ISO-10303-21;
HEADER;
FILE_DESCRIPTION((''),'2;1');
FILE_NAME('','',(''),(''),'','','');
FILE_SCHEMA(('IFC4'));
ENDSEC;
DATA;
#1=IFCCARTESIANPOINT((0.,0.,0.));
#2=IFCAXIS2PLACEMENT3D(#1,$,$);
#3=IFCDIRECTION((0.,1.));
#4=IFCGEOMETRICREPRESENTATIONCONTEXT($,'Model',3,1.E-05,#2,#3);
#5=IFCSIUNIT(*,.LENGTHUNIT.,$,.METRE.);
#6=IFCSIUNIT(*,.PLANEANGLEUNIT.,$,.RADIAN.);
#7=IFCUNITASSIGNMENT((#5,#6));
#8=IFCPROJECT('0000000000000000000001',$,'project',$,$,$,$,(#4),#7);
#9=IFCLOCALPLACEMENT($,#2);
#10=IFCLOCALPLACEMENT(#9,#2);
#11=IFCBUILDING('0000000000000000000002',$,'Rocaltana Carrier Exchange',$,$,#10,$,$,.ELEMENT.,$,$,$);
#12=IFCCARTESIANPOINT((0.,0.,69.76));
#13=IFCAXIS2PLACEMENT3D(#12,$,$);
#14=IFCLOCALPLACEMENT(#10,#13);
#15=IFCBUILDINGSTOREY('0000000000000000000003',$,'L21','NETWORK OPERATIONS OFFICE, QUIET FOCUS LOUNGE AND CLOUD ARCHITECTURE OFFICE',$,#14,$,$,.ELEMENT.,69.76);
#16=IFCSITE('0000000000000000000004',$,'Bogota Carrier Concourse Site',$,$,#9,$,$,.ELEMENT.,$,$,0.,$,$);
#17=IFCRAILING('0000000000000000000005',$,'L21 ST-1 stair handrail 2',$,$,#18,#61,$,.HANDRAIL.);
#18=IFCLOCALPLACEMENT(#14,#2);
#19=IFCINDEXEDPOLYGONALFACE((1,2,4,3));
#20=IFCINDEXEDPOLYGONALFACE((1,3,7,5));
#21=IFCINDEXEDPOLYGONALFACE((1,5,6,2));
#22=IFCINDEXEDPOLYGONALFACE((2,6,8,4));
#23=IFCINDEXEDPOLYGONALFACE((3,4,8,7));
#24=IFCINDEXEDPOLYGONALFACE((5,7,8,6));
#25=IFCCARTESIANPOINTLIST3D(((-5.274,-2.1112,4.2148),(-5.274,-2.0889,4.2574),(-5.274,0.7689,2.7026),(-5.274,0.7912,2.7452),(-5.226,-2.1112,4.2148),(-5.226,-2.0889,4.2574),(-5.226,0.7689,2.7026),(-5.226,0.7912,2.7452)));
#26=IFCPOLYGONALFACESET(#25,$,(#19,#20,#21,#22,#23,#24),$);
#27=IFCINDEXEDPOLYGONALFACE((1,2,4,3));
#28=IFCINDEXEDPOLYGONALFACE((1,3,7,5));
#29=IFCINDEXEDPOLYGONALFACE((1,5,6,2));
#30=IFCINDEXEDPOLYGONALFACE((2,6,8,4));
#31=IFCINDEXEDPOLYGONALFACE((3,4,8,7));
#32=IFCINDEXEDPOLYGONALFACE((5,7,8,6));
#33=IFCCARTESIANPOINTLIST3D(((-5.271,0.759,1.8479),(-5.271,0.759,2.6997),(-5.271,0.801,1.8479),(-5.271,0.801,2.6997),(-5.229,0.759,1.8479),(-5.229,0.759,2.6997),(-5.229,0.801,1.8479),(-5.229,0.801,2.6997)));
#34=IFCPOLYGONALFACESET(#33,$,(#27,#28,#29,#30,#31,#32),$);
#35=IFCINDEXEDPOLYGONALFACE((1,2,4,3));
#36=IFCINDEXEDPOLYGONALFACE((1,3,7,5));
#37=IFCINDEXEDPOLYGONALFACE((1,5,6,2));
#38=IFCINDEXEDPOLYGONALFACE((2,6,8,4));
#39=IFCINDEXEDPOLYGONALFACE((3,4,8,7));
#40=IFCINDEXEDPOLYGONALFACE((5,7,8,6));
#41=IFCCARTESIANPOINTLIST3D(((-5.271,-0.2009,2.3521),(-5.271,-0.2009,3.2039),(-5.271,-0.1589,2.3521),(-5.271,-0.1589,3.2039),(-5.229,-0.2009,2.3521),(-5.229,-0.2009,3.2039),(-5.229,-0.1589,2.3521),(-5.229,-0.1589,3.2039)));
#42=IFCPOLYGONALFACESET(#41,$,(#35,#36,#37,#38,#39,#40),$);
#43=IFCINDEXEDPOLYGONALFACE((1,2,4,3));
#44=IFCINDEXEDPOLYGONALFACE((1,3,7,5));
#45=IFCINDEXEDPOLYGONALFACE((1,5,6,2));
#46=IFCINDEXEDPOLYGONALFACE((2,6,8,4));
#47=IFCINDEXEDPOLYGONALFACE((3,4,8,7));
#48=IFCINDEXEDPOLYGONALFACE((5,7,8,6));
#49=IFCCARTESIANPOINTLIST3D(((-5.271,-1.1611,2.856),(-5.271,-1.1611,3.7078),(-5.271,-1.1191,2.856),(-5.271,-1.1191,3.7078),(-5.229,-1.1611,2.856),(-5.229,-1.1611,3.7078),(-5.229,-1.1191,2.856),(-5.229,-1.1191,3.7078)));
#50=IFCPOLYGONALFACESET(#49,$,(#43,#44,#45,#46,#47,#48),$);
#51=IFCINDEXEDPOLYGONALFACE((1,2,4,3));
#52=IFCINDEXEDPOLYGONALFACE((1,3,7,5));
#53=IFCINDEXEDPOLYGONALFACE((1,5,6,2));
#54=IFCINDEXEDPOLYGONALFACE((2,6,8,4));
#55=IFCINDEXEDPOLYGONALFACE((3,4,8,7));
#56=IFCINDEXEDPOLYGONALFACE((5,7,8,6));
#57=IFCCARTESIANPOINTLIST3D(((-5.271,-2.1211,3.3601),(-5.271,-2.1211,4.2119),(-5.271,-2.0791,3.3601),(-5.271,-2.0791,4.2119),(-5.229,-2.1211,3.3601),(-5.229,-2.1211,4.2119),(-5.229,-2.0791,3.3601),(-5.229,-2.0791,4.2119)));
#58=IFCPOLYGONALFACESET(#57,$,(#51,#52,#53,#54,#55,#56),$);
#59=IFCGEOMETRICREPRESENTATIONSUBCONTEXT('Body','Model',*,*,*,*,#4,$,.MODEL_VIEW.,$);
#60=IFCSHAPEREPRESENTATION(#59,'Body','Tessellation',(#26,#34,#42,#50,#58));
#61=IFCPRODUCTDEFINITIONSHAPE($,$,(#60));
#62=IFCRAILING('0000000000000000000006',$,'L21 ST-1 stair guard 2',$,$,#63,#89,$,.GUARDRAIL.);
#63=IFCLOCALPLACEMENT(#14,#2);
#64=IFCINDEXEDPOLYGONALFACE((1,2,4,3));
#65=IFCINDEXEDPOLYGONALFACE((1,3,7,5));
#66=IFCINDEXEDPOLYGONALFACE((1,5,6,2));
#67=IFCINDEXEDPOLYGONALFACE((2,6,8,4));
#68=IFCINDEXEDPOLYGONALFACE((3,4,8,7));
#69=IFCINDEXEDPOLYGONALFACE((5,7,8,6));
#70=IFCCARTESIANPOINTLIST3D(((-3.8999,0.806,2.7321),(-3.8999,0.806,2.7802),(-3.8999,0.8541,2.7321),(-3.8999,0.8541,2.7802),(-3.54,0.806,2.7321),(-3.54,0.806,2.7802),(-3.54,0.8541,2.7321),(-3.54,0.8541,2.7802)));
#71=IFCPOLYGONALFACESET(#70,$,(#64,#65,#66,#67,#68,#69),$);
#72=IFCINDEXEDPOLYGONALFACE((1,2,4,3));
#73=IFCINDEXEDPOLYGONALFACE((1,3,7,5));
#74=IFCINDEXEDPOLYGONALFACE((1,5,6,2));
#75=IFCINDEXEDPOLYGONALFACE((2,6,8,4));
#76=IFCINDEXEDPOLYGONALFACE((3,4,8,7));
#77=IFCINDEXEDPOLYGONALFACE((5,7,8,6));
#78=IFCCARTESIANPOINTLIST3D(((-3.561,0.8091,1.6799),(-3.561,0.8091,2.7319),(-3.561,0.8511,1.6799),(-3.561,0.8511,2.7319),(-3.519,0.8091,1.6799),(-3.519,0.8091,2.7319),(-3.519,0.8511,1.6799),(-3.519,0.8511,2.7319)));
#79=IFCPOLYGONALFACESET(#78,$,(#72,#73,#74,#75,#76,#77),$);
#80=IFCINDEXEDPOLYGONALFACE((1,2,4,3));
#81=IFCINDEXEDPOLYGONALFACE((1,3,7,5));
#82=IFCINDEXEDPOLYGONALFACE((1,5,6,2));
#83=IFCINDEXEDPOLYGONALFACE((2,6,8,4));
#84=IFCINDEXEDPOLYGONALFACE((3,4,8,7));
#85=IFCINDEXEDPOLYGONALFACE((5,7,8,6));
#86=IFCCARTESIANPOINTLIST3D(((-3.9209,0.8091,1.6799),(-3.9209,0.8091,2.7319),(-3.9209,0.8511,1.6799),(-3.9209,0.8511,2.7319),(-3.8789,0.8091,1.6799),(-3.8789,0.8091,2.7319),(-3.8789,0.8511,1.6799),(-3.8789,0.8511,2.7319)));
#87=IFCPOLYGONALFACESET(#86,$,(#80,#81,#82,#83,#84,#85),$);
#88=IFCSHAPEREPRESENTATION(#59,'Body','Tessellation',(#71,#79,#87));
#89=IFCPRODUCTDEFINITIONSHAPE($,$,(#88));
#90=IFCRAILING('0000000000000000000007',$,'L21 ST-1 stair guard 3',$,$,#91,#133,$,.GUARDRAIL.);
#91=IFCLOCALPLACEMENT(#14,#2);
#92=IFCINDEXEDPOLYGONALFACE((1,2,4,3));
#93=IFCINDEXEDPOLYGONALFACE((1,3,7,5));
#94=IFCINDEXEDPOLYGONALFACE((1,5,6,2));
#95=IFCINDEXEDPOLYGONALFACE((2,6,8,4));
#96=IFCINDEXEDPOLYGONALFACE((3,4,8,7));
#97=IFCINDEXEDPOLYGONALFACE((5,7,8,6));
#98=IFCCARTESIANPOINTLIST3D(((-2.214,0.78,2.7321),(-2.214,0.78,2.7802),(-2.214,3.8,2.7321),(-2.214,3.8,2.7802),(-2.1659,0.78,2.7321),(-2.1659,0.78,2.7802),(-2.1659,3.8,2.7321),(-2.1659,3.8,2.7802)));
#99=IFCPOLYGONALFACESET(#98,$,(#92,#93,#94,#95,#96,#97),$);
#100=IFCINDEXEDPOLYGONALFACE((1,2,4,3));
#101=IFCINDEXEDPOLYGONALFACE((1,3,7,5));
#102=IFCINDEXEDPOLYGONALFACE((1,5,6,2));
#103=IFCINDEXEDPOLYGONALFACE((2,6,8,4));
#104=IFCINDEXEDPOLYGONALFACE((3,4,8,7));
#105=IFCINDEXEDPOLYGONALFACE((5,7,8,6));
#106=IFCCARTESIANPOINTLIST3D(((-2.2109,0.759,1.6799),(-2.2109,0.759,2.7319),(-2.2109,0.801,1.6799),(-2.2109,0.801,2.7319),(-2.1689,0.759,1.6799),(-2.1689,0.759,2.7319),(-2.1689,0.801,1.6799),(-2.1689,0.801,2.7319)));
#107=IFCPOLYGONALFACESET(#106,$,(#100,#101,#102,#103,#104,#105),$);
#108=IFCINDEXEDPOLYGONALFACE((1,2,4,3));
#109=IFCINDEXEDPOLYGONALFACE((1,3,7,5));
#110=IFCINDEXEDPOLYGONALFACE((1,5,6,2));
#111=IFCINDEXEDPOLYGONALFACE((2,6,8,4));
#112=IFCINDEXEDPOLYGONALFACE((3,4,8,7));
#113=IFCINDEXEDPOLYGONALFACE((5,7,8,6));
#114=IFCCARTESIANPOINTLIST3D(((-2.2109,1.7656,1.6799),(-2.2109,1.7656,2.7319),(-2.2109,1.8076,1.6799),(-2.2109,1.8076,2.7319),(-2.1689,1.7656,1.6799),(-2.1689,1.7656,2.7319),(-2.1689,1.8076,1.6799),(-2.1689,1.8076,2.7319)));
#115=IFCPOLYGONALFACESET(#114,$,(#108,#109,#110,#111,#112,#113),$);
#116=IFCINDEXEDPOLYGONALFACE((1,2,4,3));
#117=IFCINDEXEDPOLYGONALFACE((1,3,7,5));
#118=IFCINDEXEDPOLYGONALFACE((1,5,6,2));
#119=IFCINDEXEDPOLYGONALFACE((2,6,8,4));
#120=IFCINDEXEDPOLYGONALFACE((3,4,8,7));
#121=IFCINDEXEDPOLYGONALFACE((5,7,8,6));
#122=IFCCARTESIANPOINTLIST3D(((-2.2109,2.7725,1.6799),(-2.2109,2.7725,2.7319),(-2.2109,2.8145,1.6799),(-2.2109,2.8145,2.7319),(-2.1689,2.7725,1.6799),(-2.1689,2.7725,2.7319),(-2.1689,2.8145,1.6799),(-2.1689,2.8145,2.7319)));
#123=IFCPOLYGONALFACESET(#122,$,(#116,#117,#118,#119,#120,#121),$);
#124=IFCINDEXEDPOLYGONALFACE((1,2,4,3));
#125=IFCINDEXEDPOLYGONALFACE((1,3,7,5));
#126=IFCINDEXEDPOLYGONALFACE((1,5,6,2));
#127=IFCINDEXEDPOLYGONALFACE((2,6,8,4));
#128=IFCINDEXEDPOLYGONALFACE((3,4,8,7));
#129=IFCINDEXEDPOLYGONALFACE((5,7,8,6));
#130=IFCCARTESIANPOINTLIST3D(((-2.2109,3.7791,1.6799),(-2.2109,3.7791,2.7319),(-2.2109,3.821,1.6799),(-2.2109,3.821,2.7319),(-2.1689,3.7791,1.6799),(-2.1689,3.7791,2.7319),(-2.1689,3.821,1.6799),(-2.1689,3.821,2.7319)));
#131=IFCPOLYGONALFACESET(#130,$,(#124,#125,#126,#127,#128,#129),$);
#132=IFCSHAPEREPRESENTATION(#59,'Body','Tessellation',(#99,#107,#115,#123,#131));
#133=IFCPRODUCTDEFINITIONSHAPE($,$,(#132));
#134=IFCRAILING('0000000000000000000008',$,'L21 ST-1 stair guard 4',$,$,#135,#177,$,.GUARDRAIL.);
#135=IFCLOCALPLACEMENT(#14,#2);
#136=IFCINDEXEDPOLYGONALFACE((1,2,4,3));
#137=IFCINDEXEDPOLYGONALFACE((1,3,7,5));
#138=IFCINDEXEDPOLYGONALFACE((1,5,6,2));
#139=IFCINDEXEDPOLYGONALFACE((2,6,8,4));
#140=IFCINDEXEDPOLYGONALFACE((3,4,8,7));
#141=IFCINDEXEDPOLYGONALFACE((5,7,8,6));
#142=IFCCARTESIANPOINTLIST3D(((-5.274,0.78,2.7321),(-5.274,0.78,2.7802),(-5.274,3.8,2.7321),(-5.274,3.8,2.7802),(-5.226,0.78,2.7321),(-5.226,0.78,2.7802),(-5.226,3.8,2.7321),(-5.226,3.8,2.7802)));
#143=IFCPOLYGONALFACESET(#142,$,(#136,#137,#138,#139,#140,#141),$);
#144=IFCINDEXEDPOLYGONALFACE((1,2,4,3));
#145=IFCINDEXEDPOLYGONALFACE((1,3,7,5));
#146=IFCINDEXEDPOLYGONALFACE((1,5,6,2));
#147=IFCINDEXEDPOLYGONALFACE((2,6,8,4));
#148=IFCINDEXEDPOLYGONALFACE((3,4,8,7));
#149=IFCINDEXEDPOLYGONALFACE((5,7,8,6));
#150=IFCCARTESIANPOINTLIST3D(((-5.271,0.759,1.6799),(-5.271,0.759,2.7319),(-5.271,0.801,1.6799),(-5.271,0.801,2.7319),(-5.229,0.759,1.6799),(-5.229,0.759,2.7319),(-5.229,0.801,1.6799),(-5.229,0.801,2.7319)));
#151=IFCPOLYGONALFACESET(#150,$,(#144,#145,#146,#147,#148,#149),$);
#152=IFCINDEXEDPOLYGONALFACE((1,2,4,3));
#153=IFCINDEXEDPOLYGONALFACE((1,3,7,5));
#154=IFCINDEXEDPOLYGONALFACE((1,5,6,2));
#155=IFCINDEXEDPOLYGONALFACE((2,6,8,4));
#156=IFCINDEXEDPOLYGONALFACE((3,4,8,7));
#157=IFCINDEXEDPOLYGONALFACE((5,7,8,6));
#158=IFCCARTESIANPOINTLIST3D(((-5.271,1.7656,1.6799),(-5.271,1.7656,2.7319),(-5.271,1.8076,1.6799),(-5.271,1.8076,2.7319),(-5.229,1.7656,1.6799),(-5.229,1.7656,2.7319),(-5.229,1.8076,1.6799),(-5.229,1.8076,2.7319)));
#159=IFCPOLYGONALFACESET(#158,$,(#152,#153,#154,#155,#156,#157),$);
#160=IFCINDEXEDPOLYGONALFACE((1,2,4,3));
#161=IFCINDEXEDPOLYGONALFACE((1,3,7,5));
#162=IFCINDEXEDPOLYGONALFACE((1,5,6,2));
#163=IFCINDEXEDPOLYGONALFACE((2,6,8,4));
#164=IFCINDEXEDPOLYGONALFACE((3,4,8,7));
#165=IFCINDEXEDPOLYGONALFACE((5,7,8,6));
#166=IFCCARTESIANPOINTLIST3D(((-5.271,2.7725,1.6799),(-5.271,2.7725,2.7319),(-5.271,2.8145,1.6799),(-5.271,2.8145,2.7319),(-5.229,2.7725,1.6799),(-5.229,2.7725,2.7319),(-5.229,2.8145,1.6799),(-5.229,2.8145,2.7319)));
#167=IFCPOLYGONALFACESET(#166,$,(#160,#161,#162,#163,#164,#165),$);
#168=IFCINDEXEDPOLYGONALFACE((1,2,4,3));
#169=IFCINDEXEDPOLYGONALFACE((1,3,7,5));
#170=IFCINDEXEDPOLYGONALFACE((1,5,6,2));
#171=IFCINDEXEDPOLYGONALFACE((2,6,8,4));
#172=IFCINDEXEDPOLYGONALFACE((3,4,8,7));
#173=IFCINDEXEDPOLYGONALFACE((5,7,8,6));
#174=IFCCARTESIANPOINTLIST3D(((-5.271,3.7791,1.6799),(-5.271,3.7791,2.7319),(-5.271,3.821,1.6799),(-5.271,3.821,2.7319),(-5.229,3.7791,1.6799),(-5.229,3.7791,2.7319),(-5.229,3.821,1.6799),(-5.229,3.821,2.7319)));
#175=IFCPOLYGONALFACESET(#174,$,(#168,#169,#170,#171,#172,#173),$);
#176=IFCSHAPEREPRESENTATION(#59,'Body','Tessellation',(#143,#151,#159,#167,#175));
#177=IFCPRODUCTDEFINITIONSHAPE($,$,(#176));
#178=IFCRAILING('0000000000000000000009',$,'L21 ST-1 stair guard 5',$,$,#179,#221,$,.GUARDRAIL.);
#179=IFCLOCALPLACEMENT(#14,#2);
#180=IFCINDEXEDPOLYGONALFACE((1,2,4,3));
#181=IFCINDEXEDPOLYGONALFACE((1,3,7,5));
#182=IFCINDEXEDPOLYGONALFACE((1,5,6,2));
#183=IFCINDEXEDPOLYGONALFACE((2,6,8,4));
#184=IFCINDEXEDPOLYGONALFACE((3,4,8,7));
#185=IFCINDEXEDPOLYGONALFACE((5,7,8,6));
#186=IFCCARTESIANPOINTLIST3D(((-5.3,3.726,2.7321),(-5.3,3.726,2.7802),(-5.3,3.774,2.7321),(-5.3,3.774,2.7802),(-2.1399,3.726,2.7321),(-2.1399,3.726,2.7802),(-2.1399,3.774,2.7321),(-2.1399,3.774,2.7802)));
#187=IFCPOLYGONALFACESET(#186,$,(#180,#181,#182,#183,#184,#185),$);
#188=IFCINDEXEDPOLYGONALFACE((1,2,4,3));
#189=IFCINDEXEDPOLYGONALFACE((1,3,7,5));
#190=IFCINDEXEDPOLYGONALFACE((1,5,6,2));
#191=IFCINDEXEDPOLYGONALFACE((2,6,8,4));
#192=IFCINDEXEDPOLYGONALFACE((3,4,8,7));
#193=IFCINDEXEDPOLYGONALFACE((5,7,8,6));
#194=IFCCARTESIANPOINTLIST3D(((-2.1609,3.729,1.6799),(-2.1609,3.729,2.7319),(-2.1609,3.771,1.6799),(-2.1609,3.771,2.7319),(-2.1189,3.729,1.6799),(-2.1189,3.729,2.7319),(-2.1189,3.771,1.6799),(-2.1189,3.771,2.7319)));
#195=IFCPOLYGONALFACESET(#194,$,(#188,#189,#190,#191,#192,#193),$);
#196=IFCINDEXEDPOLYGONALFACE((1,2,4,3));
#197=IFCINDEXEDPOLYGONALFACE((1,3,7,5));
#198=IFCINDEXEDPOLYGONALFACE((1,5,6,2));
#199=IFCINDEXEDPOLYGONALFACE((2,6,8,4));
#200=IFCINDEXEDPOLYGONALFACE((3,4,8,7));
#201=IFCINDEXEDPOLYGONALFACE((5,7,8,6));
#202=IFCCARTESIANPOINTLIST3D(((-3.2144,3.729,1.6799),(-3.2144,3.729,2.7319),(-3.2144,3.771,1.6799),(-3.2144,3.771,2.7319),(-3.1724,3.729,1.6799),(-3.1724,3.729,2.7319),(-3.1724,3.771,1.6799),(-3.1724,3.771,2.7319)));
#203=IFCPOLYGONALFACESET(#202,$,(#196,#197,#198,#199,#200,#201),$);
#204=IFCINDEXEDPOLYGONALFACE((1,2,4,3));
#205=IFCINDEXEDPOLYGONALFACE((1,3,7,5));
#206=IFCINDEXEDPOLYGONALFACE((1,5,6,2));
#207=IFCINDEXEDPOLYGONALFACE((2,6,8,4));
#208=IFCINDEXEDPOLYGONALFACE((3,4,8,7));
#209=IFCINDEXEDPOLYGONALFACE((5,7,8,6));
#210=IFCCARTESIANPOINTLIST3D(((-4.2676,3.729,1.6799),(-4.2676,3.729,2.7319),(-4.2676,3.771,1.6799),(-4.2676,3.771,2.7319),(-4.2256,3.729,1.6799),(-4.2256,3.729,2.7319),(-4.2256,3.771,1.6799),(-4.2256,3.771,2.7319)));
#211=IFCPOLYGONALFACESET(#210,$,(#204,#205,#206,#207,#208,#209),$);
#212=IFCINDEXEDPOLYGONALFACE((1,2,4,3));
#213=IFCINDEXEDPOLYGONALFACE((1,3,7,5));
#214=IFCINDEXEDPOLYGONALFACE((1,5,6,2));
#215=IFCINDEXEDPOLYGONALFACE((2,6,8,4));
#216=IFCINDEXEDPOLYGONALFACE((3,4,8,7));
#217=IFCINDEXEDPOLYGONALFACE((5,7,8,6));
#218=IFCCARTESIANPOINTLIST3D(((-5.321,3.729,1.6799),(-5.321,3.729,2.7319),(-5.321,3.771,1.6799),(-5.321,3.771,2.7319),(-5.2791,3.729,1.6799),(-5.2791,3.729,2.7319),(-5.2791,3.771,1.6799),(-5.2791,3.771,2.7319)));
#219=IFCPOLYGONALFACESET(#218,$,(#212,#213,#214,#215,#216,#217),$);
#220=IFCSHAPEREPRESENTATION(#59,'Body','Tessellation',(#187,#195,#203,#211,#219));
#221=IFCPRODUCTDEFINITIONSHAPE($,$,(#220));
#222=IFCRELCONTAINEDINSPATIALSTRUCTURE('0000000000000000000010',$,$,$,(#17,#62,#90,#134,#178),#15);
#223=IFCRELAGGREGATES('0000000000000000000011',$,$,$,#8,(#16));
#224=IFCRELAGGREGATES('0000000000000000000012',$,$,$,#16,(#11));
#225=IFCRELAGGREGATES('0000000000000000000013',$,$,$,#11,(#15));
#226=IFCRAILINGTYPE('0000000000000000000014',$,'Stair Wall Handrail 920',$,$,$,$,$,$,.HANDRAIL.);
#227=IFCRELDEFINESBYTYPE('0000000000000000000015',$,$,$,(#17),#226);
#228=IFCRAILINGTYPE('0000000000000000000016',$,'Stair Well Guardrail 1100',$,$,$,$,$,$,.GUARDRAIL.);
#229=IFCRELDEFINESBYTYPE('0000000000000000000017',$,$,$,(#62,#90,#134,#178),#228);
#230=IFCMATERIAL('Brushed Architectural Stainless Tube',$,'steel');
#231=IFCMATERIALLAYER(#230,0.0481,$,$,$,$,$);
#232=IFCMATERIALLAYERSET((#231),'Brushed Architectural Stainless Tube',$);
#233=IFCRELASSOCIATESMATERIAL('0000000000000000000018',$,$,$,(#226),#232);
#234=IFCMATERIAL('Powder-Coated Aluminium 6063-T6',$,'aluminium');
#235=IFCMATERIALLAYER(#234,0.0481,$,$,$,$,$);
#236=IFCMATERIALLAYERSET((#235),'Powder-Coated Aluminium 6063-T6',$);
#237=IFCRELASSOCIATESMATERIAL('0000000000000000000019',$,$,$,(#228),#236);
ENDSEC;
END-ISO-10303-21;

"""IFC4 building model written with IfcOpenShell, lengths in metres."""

from ifc_helpers import new_model, si_unit, direction, frame, origin, origin_2d, place, context, subcontext, project, spatial, rectangle, extrude, material, layer, layer_set, type_object, element, save


model = new_model("IFC4")

# Units and contexts
model_context = context("Model", 3, precision=1e-05, world=origin(), true_north=direction((0.0, 1.0)))
body_context = subcontext(model_context, "Body", "Model", "MODEL_VIEW")
ifc_project = project(units=[si_unit("LENGTHUNIT", "METRE"), si_unit("PLANEANGLEUNIT", "RADIAN")], contexts=[model_context])

# Site, building, storey
site_placement = place(None, origin())
site = spatial("IfcSite", under=ifc_project, at=site_placement, Name="Bogota Carrier Concourse Site", CompositionType="ELEMENT", RefElevation=0.0)
building_placement = place(site_placement, origin())
building = spatial("IfcBuilding", under=site, at=building_placement, Name="Rocaltana Carrier Exchange", CompositionType="ELEMENT")
storey_placement = place(building_placement, frame((0.0, 0.0, 69.76)))
storey = spatial("IfcBuildingStorey", under=building, at=storey_placement, Name="L21", Description="NETWORK OPERATIONS OFFICE, QUIET FOCUS LOUNGE AND CLOUD ARCHITECTURE OFFICE", CompositionType="ELEMENT", Elevation=69.76)

# Railings
ifc_material_1 = material(Name="Brushed Architectural Stainless Tube", Category="steel")
ifc_layer_1 = layer(ifc_material_1, 0.0481)
ifc_layer_set_1 = layer_set([ifc_layer_1], Name="Brushed Architectural Stainless Tube")
railing_type_1 = type_object("IfcRailingType", Name="Stair Wall Handrail 920", PredefinedType="HANDRAIL", material=ifc_layer_set_1)
railing_1_placement = place(storey_placement, frame((-5.25, 0.78, 1.8479)))
element("IfcRailing", 1, at=railing_1_placement, inside=storey, type_object=railing_type_1, Name="L21 ST-1 stair handrail 2", PredefinedType="HANDRAIL", context=body_context, shape_type="SweptSolid", body=[
    extrude(rectangle(XDim=0.0481, YDim=0.0481, at=origin_2d()), frame((0.0, 0.0, 0.876), z_axis=(0.0, -0.88538, 0.464868), x_axis=(1.0, 0.0, 0.0)), (0.0, 0.0, 1.0), 3.2529),
    extrude(rectangle(XDim=0.042, YDim=0.042, at=origin_2d()), origin(), (0.0, 0.0, 1.0), 0.8518),
    extrude(rectangle(XDim=0.042, YDim=0.042, at=origin_2d()), frame((0.0, -0.96, 0.5042)), (0.0, 0.0, 1.0), 0.8518),
    extrude(rectangle(XDim=0.042, YDim=0.042, at=origin_2d()), frame((0.0, -1.9202, 1.0081)), (0.0, 0.0, 1.0), 0.8518),
    extrude(rectangle(XDim=0.042, YDim=0.042, at=origin_2d()), frame((0.0, -2.8801, 1.5122)), (0.0, 0.0, 1.0), 0.8518),
])
ifc_material_2 = material(Name="Powder-Coated Aluminium 6063-T6", Category="aluminium")
ifc_layer_2 = layer(ifc_material_2, 0.0481)
ifc_layer_set_2 = layer_set([ifc_layer_2], Name="Powder-Coated Aluminium 6063-T6")
railing_type_2 = type_object("IfcRailingType", Name="Stair Well Guardrail 1100", PredefinedType="GUARDRAIL", material=ifc_layer_set_2)
railing_2_placement = place(storey_placement, frame((-3.54, 0.8301, 1.6799)))
element("IfcRailing", 2, at=railing_2_placement, inside=storey, type_object=railing_type_2, Name="L21 ST-1 stair guard 2", PredefinedType="GUARDRAIL", context=body_context, shape_type="SweptSolid", body=[
    extrude(rectangle(XDim=0.0481, YDim=0.0481, at=origin_2d()), frame((0.0, 0.0, 1.0762), z_axis=(-1.0, 0.0, 0.0), x_axis=(0.0, -1.0, 0.0)), (0.0, 0.0, 1.0), 0.3599),
    extrude(rectangle(XDim=0.042, YDim=0.042, at=origin_2d()), origin(), (0.0, 0.0, 1.0), 1.052),
    extrude(rectangle(XDim=0.042, YDim=0.042, at=origin_2d()), frame((-0.3599, 0.0, 0.0)), (0.0, 0.0, 1.0), 1.052),
])
for number, where, name in (
    (3, (-2.1899, 0.78, 1.6799), "L21 ST-1 stair guard 3"),
    (4, (-5.25, 0.78, 1.6799), "L21 ST-1 stair guard 4"),
):
    element("IfcRailing", number, at=place(storey_placement, frame(where)), inside=storey, type_object=railing_type_2, Name=name, PredefinedType="GUARDRAIL", context=body_context, shape_type="SweptSolid", body=[
        extrude(rectangle(XDim=0.0481, YDim=0.0481, at=origin_2d()), frame((0.0, 0.0, 1.0762), z_axis=(0.0, 1.0, 0.0), x_axis=(-1.0, 0.0, 0.0)), (0.0, 0.0, 1.0), 3.02),
        extrude(rectangle(XDim=0.042, YDim=0.042, at=origin_2d()), origin(), (0.0, 0.0, 1.0), 1.052),
        extrude(rectangle(XDim=0.042, YDim=0.042, at=origin_2d()), frame((0.0, 1.0066, 0.0)), (0.0, 0.0, 1.0), 1.052),
        extrude(rectangle(XDim=0.042, YDim=0.042, at=origin_2d()), frame((0.0, 2.0134, 0.0)), (0.0, 0.0, 1.0), 1.052),
        extrude(rectangle(XDim=0.042, YDim=0.042, at=origin_2d()), frame((0.0, 3.02, 0.0)), (0.0, 0.0, 1.0), 1.052),
    ])
railing_3_placement = place(storey_placement, frame((-2.1399, 3.75, 1.6799)))
element("IfcRailing", 5, at=railing_3_placement, inside=storey, type_object=railing_type_2, Name="L21 ST-1 stair guard 5", PredefinedType="GUARDRAIL", context=body_context, shape_type="SweptSolid", body=[
    extrude(rectangle(XDim=0.0481, YDim=0.0481, at=origin_2d()), frame((0.0, 0.0, 1.0762), z_axis=(-1.0, 0.0, 0.0), x_axis=(0.0, -1.0, 0.0)), (0.0, 0.0, 1.0), 3.1602),
    extrude(rectangle(XDim=0.042, YDim=0.042, at=origin_2d()), origin(), (0.0, 0.0, 1.0), 1.052),
    extrude(rectangle(XDim=0.042, YDim=0.042, at=origin_2d()), frame((-1.0535, 0.0, 0.0)), (0.0, 0.0, 1.0), 1.052),
    extrude(rectangle(XDim=0.042, YDim=0.042, at=origin_2d()), frame((-2.1067, 0.0, 0.0)), (0.0, 0.0, 1.0), 1.052),
    extrude(rectangle(XDim=0.042, YDim=0.042, at=origin_2d()), frame((-3.1602, 0.0, 0.0)), (0.0, 0.0, 1.0), 1.052),
])

save(model, "model.ifc")
